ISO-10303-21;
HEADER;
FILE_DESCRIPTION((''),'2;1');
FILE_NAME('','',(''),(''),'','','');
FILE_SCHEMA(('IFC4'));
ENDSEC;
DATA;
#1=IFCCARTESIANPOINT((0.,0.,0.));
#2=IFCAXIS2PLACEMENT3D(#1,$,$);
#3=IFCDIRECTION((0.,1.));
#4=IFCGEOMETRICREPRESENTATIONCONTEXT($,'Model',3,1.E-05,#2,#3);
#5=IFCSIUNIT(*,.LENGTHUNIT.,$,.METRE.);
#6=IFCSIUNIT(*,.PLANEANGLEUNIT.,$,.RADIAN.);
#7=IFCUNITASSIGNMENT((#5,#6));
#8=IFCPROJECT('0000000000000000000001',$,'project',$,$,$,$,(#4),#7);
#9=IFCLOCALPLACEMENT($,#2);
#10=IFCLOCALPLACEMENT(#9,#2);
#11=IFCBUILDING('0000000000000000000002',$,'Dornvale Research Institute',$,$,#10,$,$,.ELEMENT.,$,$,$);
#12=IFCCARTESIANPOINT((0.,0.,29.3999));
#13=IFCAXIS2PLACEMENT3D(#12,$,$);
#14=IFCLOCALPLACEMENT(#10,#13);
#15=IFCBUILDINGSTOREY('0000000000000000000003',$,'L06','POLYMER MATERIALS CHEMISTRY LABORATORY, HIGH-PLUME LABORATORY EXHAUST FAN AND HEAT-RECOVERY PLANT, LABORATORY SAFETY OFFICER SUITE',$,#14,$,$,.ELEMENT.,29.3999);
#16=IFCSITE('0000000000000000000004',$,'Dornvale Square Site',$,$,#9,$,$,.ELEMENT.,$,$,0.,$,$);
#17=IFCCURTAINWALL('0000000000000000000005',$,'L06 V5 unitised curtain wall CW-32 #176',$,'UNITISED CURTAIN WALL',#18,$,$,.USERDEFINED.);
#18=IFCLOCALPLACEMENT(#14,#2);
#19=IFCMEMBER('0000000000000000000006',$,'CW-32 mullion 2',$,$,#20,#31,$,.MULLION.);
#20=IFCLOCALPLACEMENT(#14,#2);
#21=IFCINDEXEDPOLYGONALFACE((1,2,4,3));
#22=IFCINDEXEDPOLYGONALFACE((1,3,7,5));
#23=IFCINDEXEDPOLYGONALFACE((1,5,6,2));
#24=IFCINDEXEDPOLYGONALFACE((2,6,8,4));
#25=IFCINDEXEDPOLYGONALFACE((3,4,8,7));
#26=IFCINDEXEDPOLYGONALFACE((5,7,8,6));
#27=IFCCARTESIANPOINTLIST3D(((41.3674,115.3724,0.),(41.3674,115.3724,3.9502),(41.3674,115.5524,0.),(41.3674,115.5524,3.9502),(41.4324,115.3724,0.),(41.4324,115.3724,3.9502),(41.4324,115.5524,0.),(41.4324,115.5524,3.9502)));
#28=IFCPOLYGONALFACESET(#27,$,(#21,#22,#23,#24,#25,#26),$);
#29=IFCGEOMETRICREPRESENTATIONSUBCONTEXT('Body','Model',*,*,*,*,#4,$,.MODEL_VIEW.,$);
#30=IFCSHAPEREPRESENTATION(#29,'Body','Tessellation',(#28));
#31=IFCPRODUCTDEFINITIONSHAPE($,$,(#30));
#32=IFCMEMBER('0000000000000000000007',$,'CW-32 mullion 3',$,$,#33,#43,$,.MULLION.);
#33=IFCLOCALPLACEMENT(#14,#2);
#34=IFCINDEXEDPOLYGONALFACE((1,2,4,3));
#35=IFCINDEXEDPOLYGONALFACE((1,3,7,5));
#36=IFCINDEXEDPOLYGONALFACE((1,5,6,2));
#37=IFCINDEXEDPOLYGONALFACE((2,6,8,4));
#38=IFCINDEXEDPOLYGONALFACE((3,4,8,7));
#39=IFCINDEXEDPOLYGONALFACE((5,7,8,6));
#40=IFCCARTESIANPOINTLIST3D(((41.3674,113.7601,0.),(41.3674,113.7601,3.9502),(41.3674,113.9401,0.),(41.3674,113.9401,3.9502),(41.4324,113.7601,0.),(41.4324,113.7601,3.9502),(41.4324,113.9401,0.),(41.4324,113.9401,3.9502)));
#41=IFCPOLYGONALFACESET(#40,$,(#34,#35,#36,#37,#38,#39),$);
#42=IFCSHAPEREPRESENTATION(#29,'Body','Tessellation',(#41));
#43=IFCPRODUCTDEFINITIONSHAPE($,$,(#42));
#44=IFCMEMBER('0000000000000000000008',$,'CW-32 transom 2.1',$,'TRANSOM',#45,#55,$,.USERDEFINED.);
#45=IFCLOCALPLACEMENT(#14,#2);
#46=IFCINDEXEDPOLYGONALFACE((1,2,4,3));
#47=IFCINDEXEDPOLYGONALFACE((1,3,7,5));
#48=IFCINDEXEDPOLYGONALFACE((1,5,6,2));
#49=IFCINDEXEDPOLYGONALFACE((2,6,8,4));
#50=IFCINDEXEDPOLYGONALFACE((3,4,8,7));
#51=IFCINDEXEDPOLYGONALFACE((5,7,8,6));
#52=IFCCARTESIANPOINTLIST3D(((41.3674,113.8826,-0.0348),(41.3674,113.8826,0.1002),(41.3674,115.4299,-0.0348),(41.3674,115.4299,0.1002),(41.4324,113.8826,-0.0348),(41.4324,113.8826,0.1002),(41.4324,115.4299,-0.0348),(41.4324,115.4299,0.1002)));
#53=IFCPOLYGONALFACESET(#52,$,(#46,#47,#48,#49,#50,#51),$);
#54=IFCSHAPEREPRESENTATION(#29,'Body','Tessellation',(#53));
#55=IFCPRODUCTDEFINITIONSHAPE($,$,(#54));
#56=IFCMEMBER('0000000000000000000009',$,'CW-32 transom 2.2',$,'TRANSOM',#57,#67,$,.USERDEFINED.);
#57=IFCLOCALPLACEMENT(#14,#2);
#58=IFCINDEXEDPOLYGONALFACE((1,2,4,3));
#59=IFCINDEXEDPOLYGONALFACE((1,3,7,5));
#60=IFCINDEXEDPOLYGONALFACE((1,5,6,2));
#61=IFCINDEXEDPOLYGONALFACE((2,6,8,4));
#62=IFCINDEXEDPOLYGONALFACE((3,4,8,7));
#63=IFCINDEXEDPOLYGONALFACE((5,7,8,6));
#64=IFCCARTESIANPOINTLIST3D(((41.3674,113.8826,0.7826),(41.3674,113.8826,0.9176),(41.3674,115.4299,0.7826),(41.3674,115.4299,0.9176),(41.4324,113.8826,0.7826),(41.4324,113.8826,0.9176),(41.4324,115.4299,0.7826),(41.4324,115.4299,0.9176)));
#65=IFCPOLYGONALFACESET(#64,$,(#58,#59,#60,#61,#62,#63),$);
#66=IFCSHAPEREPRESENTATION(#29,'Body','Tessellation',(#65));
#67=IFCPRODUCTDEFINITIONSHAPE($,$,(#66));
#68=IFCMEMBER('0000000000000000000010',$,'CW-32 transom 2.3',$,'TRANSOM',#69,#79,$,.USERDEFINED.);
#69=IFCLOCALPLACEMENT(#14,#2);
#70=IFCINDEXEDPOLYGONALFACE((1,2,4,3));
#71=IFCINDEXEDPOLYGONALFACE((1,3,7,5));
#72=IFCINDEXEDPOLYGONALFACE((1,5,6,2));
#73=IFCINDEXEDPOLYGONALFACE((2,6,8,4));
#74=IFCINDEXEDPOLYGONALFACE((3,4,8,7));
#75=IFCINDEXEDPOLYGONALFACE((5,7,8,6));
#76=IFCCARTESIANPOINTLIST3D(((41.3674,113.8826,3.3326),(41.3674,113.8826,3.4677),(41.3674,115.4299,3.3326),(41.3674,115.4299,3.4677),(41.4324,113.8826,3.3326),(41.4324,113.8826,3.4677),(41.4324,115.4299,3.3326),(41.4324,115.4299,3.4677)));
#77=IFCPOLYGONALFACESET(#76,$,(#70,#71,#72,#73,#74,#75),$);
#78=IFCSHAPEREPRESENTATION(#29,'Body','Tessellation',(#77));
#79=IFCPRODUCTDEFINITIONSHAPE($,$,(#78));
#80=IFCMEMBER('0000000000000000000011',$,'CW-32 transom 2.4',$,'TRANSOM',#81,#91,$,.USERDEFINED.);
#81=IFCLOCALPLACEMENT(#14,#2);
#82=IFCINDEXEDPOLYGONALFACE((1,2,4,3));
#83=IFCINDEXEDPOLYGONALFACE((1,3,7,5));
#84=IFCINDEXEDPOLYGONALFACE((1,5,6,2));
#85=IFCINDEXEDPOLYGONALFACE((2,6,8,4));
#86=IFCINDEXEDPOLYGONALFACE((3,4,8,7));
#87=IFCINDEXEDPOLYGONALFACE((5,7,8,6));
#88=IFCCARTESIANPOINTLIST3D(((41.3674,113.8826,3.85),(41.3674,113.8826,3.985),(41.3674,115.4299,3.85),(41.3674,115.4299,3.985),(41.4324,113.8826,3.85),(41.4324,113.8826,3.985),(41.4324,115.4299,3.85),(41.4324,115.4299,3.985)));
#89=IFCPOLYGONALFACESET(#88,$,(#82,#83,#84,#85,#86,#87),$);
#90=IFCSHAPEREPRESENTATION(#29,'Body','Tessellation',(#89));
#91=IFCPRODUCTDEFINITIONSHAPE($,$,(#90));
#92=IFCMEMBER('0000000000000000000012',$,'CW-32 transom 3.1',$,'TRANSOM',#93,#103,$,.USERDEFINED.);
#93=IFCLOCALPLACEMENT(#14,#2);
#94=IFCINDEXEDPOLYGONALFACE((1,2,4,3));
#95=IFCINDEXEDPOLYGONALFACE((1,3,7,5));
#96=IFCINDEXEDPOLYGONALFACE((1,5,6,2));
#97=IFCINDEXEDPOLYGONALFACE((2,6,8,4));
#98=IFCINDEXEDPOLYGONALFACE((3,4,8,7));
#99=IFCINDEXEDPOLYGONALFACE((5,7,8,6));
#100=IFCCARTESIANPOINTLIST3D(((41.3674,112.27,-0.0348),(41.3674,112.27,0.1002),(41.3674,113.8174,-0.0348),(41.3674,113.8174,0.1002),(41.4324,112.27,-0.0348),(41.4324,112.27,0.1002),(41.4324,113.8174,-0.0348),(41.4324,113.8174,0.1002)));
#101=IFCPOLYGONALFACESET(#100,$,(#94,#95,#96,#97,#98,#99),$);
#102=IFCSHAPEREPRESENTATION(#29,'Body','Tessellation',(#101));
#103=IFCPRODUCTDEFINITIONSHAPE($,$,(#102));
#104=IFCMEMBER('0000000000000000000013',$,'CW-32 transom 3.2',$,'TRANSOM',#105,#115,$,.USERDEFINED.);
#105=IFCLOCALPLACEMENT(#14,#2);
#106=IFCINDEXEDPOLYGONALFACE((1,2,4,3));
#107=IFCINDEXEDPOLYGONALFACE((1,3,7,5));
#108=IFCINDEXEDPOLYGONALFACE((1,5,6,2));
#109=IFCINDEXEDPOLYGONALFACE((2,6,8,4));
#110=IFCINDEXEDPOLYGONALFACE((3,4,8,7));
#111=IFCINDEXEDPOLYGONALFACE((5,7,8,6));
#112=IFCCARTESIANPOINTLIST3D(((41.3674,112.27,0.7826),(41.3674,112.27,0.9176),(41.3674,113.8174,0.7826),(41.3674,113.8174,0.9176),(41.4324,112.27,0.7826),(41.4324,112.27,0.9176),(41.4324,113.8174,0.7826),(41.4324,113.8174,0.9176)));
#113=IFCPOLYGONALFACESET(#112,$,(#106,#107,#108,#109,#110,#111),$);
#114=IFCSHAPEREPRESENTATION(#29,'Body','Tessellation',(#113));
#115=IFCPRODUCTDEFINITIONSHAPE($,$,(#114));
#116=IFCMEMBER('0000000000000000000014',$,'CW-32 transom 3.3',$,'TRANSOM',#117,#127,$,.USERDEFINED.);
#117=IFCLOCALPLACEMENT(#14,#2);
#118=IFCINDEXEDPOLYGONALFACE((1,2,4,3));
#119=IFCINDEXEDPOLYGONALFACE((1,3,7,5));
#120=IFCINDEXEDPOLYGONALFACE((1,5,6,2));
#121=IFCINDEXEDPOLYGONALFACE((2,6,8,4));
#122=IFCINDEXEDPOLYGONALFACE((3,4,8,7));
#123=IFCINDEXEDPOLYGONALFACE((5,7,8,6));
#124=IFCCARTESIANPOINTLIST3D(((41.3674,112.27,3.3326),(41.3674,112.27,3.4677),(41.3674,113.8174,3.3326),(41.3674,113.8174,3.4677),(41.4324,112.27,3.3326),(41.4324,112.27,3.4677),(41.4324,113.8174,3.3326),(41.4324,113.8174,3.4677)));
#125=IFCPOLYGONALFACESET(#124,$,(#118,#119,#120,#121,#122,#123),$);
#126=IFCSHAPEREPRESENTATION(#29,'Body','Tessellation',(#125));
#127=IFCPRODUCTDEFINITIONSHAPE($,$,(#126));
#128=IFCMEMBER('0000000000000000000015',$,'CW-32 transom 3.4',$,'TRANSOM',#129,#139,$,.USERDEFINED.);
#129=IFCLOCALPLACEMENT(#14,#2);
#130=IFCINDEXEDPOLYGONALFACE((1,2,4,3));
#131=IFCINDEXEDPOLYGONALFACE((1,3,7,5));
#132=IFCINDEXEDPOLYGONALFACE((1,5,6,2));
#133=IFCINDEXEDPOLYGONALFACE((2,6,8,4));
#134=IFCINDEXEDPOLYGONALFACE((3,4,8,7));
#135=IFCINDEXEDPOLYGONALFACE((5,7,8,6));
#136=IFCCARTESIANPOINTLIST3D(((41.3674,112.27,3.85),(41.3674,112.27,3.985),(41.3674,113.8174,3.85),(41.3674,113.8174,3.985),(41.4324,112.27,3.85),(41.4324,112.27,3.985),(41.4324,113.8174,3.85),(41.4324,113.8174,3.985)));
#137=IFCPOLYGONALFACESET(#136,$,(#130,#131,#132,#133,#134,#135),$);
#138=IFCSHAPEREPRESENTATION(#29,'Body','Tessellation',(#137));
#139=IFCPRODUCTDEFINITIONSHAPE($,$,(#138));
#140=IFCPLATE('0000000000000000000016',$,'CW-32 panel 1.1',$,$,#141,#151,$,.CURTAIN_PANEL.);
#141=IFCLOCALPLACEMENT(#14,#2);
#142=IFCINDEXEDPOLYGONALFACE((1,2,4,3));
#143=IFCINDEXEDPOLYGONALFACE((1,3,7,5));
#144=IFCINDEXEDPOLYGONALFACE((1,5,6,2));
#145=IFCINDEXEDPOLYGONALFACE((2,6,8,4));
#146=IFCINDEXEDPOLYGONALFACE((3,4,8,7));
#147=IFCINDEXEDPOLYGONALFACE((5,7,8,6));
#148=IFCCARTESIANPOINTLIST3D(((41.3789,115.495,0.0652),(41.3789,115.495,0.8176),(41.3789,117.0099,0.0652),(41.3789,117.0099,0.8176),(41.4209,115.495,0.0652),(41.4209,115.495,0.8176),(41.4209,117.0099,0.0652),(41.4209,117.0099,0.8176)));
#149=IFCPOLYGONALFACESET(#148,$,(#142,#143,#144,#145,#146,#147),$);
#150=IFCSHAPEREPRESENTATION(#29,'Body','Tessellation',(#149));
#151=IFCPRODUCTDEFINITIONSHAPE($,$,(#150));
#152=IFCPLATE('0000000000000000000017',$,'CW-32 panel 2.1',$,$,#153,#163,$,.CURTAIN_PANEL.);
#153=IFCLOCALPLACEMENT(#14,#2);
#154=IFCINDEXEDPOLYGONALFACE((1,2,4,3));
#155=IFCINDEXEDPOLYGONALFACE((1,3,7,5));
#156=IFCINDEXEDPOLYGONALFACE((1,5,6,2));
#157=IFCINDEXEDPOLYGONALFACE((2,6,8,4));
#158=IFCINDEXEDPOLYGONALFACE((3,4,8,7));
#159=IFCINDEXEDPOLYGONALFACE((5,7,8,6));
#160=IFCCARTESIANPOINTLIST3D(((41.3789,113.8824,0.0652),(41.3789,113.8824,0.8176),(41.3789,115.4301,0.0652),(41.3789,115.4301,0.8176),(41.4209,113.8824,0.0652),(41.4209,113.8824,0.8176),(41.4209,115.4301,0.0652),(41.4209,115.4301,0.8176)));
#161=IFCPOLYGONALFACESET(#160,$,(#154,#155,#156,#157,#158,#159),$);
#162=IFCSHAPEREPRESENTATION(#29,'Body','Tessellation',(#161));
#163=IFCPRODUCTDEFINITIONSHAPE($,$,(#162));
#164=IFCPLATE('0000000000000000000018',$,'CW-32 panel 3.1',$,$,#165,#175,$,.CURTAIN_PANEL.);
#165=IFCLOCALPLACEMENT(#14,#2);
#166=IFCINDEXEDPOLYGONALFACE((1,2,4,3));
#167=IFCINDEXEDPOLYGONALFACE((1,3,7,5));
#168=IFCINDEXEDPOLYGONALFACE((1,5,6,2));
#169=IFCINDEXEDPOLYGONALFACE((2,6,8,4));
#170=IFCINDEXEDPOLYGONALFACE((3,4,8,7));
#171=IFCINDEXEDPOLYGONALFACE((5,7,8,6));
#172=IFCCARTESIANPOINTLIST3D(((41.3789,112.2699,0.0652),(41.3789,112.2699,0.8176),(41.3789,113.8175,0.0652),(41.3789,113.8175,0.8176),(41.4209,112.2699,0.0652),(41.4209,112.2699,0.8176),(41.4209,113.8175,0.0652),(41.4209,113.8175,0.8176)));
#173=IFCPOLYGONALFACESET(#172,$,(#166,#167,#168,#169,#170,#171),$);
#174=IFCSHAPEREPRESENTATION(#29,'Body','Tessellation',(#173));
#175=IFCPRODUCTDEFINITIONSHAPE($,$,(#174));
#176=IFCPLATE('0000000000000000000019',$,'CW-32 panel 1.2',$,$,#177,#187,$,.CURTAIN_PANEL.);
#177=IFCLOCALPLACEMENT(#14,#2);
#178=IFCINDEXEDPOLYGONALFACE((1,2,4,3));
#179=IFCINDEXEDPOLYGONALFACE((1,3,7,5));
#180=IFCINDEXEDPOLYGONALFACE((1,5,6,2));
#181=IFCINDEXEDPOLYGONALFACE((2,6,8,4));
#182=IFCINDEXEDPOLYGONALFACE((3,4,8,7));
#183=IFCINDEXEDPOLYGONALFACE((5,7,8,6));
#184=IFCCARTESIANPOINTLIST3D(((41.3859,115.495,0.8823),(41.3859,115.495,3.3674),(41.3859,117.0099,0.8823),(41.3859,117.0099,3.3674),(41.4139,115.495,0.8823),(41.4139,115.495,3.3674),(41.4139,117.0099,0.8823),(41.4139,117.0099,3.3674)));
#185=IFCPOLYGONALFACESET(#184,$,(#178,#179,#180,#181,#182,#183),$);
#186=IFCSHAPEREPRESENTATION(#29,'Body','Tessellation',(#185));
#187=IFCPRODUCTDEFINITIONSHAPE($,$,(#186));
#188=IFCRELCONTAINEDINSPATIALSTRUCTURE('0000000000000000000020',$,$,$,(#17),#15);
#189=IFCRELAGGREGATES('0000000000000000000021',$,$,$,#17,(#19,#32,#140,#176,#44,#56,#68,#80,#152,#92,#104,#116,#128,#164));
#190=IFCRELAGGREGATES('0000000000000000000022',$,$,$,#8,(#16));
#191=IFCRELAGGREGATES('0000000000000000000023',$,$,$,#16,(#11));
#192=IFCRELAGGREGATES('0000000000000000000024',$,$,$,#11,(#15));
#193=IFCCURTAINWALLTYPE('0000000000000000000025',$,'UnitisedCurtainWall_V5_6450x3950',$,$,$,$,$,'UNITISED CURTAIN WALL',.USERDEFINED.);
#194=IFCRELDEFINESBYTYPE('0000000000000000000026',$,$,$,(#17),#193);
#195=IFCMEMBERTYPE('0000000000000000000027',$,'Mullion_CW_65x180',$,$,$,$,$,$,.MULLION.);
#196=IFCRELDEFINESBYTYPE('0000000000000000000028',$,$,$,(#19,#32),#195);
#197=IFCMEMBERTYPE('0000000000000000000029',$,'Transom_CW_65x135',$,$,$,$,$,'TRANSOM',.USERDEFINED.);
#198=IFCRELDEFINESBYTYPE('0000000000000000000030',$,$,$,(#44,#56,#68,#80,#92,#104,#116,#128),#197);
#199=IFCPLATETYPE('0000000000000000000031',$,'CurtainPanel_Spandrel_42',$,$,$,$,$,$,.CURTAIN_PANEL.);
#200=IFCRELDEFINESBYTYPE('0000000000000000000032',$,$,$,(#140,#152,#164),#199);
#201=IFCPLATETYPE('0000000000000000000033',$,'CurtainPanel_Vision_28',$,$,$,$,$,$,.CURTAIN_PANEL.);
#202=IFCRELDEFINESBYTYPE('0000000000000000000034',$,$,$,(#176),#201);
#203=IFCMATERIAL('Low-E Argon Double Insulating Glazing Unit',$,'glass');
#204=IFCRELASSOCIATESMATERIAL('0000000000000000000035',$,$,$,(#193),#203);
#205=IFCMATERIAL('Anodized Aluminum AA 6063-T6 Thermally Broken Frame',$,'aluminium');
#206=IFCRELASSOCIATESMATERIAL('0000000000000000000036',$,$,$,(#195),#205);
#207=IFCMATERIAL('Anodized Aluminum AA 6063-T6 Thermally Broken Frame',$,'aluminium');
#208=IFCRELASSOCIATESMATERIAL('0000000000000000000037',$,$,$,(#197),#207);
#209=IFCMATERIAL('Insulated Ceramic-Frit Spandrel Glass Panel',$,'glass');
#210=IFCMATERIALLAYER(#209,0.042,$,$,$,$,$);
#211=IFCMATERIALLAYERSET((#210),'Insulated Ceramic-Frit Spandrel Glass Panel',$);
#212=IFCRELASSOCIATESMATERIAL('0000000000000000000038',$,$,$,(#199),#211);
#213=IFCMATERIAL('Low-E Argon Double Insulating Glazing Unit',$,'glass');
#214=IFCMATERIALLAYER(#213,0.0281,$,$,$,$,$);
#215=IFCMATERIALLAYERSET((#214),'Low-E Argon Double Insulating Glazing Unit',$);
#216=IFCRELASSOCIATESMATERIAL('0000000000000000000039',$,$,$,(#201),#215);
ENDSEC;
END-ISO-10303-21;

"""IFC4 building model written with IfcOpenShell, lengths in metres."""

from ifc_helpers import new_model, si_unit, direction, frame, origin, origin_2d, place, context, subcontext, project, spatial, rectangle, extrude, material, layer, layer_set, material_profile, profile_set, type_object, element, aggregate, save


model = new_model("IFC4")

# Units and contexts
model_context = context("Model", 3, precision=1e-05, world=origin(), true_north=direction((0.0, 1.0)))
body_context = subcontext(model_context, "Body", "Model", "MODEL_VIEW")
ifc_project = project(units=[si_unit("LENGTHUNIT", "METRE"), si_unit("PLANEANGLEUNIT", "RADIAN")], contexts=[model_context])

# Site, building, storey
site_placement = place(None, origin())
site = spatial("IfcSite", under=ifc_project, at=site_placement, Name="Dornvale Square Site", CompositionType="ELEMENT", RefElevation=0.0)
building_placement = place(site_placement, origin())
building = spatial("IfcBuilding", under=site, at=building_placement, Name="Dornvale Research Institute", CompositionType="ELEMENT")
storey_placement = place(building_placement, frame((0.0, 0.0, 29.3999)))
storey = spatial("IfcBuildingStorey", under=building, at=storey_placement, Name="L06", Description="POLYMER MATERIALS CHEMISTRY LABORATORY, HIGH-PLUME LABORATORY EXHAUST FAN AND HEAT-RECOVERY PLANT, LABORATORY SAFETY OFFICER SUITE", CompositionType="ELEMENT", Elevation=29.3999)

# Curtain wall, members, plates
ifc_material_1 = material(Name="Low-E Argon Double Insulating Glazing Unit", Category="glass")
curtain_wall_type = type_object("IfcCurtainWallType", Name="UnitisedCurtainWall_V5_6450x3950", ElementType="UNITISED CURTAIN WALL", PredefinedType="USERDEFINED", material=ifc_material_1)
curtain_wall_placement = place(storey_placement, origin())
curtain_wall = element("IfcCurtainWall", 1, at=curtain_wall_placement, inside=storey, type_object=curtain_wall_type, Name="L06 V5 unitised curtain wall CW-32 #176", ObjectType="UNITISED CURTAIN WALL", PredefinedType="USERDEFINED")
ifc_material_2 = material(Name="Anodized Aluminum AA 6063-T6 Thermally Broken Frame", Category="aluminium")
ifc_material_profile_1 = material_profile(ifc_material_2, rectangle(XDim=0.0649, YDim=0.1799, at=origin_2d()), Name="ALU MULLION 65x180")
ifc_profile_set_1 = profile_set([ifc_material_profile_1], Name="Anodized Aluminum AA 6063-T6 Thermally Broken Frame")
member_type_1 = type_object("IfcMemberType", Name="Mullion_CW_65x180", PredefinedType="MULLION", material=ifc_profile_set_1)
member_1_placement = place(storey_placement, frame((41.3999, 115.4624, 0.0), z_axis=(0.0, 0.0, 1.0), x_axis=(1.0, 0.0, 0.0)))
member_1 = element("IfcMember", 2, at=member_1_placement, type_object=member_type_1, Name="CW-32 mullion 2", PredefinedType="MULLION", context=body_context, shape_type="SweptSolid", body=[
    extrude(rectangle(XDim=0.0649, YDim=0.1799, at=origin_2d()), origin(), (0.0, 0.0, 1.0), 3.9502),
])
member_2_placement = place(storey_placement, frame((41.3999, 113.8501, 0.0), z_axis=(0.0, 0.0, 1.0), x_axis=(1.0, 0.0, 0.0)))
member_2 = element("IfcMember", 3, at=member_2_placement, type_object=member_type_1, Name="CW-32 mullion 3", PredefinedType="MULLION", context=body_context, shape_type="SweptSolid", body=[
    extrude(rectangle(XDim=0.0649, YDim=0.1799, at=origin_2d()), origin(), (0.0, 0.0, 1.0), 3.9502),
])
ifc_material_3 = material(Name="Anodized Aluminum AA 6063-T6 Thermally Broken Frame", Category="aluminium")
ifc_material_profile_2 = material_profile(ifc_material_3, rectangle(XDim=0.0649, YDim=0.135, at=origin_2d()), Name="ALU TRANSOM 65x135")
ifc_profile_set_2 = profile_set([ifc_material_profile_2], Name="Anodized Aluminum AA 6063-T6 Thermally Broken Frame")
member_type_2 = type_object("IfcMemberType", Name="Transom_CW_65x135", ElementType="TRANSOM", PredefinedType="USERDEFINED", material=ifc_profile_set_2)
member_3_placement = place(storey_placement, frame((41.3999, 115.4299, 0.0327), z_axis=(0.0, -1.0, 0.0), x_axis=(1.0, 0.0, 0.0)))
member_3 = element("IfcMember", 4, at=member_3_placement, type_object=member_type_2, Name="CW-32 transom 2.1", ObjectType="TRANSOM", PredefinedType="USERDEFINED", context=body_context, shape_type="SweptSolid", body=[
    extrude(rectangle(XDim=0.0649, YDim=0.135, at=origin_2d()), origin(), (0.0, 0.0, 1.0), 1.5474),
])
member_4_placement = place(storey_placement, frame((41.3999, 115.4299, 0.8501), z_axis=(0.0, -1.0, 0.0), x_axis=(1.0, 0.0, 0.0)))
member_4 = element("IfcMember", 5, at=member_4_placement, type_object=member_type_2, Name="CW-32 transom 2.2", ObjectType="TRANSOM", PredefinedType="USERDEFINED", context=body_context, shape_type="SweptSolid", body=[
    extrude(rectangle(XDim=0.0649, YDim=0.135, at=origin_2d()), origin(), (0.0, 0.0, 1.0), 1.5474),
])
member_5_placement = place(storey_placement, frame((41.3999, 115.4299, 3.4001), z_axis=(0.0, -1.0, 0.0), x_axis=(1.0, 0.0, 0.0)))
member_5 = element("IfcMember", 6, at=member_5_placement, type_object=member_type_2, Name="CW-32 transom 2.3", ObjectType="TRANSOM", PredefinedType="USERDEFINED", context=body_context, shape_type="SweptSolid", body=[
    extrude(rectangle(XDim=0.0649, YDim=0.135, at=origin_2d()), origin(), (0.0, 0.0, 1.0), 1.5474),
])
member_6_placement = place(storey_placement, frame((41.3999, 115.4299, 3.9175), z_axis=(0.0, -1.0, 0.0), x_axis=(1.0, 0.0, 0.0)))
member_6 = element("IfcMember", 7, at=member_6_placement, type_object=member_type_2, Name="CW-32 transom 2.4", ObjectType="TRANSOM", PredefinedType="USERDEFINED", context=body_context, shape_type="SweptSolid", body=[
    extrude(rectangle(XDim=0.0649, YDim=0.135, at=origin_2d()), origin(), (0.0, 0.0, 1.0), 1.5474),
])
member_7_placement = place(storey_placement, frame((41.3999, 113.8174, 0.0327), z_axis=(0.0, -1.0, 0.0), x_axis=(1.0, 0.0, 0.0)))
member_7 = element("IfcMember", 8, at=member_7_placement, type_object=member_type_2, Name="CW-32 transom 3.1", ObjectType="TRANSOM", PredefinedType="USERDEFINED", context=body_context, shape_type="SweptSolid", body=[
    extrude(rectangle(XDim=0.0649, YDim=0.135, at=origin_2d()), origin(), (0.0, 0.0, 1.0), 1.5474),
])
member_8_placement = place(storey_placement, frame((41.3999, 113.8174, 0.8501), z_axis=(0.0, -1.0, 0.0), x_axis=(1.0, 0.0, 0.0)))
member_8 = element("IfcMember", 9, at=member_8_placement, type_object=member_type_2, Name="CW-32 transom 3.2", ObjectType="TRANSOM", PredefinedType="USERDEFINED", context=body_context, shape_type="SweptSolid", body=[
    extrude(rectangle(XDim=0.0649, YDim=0.135, at=origin_2d()), origin(), (0.0, 0.0, 1.0), 1.5474),
])
member_9_placement = place(storey_placement, frame((41.3999, 113.8174, 3.4001), z_axis=(0.0, -1.0, 0.0), x_axis=(1.0, 0.0, 0.0)))
member_9 = element("IfcMember", 10, at=member_9_placement, type_object=member_type_2, Name="CW-32 transom 3.3", ObjectType="TRANSOM", PredefinedType="USERDEFINED", context=body_context, shape_type="SweptSolid", body=[
    extrude(rectangle(XDim=0.0649, YDim=0.135, at=origin_2d()), origin(), (0.0, 0.0, 1.0), 1.5474),
])
member_10_placement = place(storey_placement, frame((41.3999, 113.8174, 3.9175), z_axis=(0.0, -1.0, 0.0), x_axis=(1.0, 0.0, 0.0)))
member_10 = element("IfcMember", 11, at=member_10_placement, type_object=member_type_2, Name="CW-32 transom 3.4", ObjectType="TRANSOM", PredefinedType="USERDEFINED", context=body_context, shape_type="SweptSolid", body=[
    extrude(rectangle(XDim=0.0649, YDim=0.135, at=origin_2d()), origin(), (0.0, 0.0, 1.0), 1.5474),
])
ifc_material_4 = material(Name="Insulated Ceramic-Frit Spandrel Glass Panel", Category="glass")
ifc_layer_1 = layer(ifc_material_4, 0.042)
ifc_layer_set_1 = layer_set([ifc_layer_1], Name="Insulated Ceramic-Frit Spandrel Glass Panel")
plate_type_1 = type_object("IfcPlateType", Name="CurtainPanel_Spandrel_42", PredefinedType="CURTAIN_PANEL", material=ifc_layer_set_1)
plate_1_placement = place(storey_placement, frame((41.3999, 116.2524, 0.0652), z_axis=(0.0, 0.0, 1.0), x_axis=(0.0, -1.0, 0.0)))
plate_1 = element("IfcPlate", 12, at=plate_1_placement, type_object=plate_type_1, Name="CW-32 panel 1.1", PredefinedType="CURTAIN_PANEL", context=body_context, shape_type="SweptSolid", body=[
    extrude(rectangle(XDim=1.5149, YDim=0.042, at=origin_2d()), origin(), (0.0, 0.0, 1.0), 0.7524),
])
plate_2_placement = place(storey_placement, frame((41.3999, 114.6562, 0.0652), z_axis=(0.0, 0.0, 1.0), x_axis=(0.0, -1.0, 0.0)))
plate_2 = element("IfcPlate", 13, at=plate_2_placement, type_object=plate_type_1, Name="CW-32 panel 2.1", PredefinedType="CURTAIN_PANEL", context=body_context, shape_type="SweptSolid", body=[
    extrude(rectangle(XDim=1.5476, YDim=0.042, at=origin_2d()), origin(), (0.0, 0.0, 1.0), 0.7524),
])
plate_3_placement = place(storey_placement, frame((41.3999, 113.0437, 0.0652), z_axis=(0.0, 0.0, 1.0), x_axis=(0.0, -1.0, 0.0)))
plate_3 = element("IfcPlate", 14, at=plate_3_placement, type_object=plate_type_1, Name="CW-32 panel 3.1", PredefinedType="CURTAIN_PANEL", context=body_context, shape_type="SweptSolid", body=[
    extrude(rectangle(XDim=1.5476, YDim=0.042, at=origin_2d()), origin(), (0.0, 0.0, 1.0), 0.7524),
])
ifc_material_5 = material(Name="Low-E Argon Double Insulating Glazing Unit", Category="glass")
ifc_layer_2 = layer(ifc_material_5, 0.0281)
ifc_layer_set_2 = layer_set([ifc_layer_2], Name="Low-E Argon Double Insulating Glazing Unit")
plate_type_2 = type_object("IfcPlateType", Name="CurtainPanel_Vision_28", PredefinedType="CURTAIN_PANEL", material=ifc_layer_set_2)
plate_4_placement = place(storey_placement, frame((41.3999, 116.2524, 0.8823), z_axis=(0.0, 0.0, 1.0), x_axis=(0.0, -1.0, 0.0)))
plate_4 = element("IfcPlate", 15, at=plate_4_placement, type_object=plate_type_2, Name="CW-32 panel 1.2", PredefinedType="CURTAIN_PANEL", context=body_context, shape_type="SweptSolid", body=[
    extrude(rectangle(XDim=1.5149, YDim=0.0281, at=origin_2d()), origin(), (0.0, 0.0, 1.0), 2.4851),
])
aggregate(curtain_wall, [member_1, member_2, plate_1, plate_4, member_3, member_4, member_5, member_6, plate_2, member_7, member_8, member_9, member_10, plate_3])

save(model, "model.ifc")
